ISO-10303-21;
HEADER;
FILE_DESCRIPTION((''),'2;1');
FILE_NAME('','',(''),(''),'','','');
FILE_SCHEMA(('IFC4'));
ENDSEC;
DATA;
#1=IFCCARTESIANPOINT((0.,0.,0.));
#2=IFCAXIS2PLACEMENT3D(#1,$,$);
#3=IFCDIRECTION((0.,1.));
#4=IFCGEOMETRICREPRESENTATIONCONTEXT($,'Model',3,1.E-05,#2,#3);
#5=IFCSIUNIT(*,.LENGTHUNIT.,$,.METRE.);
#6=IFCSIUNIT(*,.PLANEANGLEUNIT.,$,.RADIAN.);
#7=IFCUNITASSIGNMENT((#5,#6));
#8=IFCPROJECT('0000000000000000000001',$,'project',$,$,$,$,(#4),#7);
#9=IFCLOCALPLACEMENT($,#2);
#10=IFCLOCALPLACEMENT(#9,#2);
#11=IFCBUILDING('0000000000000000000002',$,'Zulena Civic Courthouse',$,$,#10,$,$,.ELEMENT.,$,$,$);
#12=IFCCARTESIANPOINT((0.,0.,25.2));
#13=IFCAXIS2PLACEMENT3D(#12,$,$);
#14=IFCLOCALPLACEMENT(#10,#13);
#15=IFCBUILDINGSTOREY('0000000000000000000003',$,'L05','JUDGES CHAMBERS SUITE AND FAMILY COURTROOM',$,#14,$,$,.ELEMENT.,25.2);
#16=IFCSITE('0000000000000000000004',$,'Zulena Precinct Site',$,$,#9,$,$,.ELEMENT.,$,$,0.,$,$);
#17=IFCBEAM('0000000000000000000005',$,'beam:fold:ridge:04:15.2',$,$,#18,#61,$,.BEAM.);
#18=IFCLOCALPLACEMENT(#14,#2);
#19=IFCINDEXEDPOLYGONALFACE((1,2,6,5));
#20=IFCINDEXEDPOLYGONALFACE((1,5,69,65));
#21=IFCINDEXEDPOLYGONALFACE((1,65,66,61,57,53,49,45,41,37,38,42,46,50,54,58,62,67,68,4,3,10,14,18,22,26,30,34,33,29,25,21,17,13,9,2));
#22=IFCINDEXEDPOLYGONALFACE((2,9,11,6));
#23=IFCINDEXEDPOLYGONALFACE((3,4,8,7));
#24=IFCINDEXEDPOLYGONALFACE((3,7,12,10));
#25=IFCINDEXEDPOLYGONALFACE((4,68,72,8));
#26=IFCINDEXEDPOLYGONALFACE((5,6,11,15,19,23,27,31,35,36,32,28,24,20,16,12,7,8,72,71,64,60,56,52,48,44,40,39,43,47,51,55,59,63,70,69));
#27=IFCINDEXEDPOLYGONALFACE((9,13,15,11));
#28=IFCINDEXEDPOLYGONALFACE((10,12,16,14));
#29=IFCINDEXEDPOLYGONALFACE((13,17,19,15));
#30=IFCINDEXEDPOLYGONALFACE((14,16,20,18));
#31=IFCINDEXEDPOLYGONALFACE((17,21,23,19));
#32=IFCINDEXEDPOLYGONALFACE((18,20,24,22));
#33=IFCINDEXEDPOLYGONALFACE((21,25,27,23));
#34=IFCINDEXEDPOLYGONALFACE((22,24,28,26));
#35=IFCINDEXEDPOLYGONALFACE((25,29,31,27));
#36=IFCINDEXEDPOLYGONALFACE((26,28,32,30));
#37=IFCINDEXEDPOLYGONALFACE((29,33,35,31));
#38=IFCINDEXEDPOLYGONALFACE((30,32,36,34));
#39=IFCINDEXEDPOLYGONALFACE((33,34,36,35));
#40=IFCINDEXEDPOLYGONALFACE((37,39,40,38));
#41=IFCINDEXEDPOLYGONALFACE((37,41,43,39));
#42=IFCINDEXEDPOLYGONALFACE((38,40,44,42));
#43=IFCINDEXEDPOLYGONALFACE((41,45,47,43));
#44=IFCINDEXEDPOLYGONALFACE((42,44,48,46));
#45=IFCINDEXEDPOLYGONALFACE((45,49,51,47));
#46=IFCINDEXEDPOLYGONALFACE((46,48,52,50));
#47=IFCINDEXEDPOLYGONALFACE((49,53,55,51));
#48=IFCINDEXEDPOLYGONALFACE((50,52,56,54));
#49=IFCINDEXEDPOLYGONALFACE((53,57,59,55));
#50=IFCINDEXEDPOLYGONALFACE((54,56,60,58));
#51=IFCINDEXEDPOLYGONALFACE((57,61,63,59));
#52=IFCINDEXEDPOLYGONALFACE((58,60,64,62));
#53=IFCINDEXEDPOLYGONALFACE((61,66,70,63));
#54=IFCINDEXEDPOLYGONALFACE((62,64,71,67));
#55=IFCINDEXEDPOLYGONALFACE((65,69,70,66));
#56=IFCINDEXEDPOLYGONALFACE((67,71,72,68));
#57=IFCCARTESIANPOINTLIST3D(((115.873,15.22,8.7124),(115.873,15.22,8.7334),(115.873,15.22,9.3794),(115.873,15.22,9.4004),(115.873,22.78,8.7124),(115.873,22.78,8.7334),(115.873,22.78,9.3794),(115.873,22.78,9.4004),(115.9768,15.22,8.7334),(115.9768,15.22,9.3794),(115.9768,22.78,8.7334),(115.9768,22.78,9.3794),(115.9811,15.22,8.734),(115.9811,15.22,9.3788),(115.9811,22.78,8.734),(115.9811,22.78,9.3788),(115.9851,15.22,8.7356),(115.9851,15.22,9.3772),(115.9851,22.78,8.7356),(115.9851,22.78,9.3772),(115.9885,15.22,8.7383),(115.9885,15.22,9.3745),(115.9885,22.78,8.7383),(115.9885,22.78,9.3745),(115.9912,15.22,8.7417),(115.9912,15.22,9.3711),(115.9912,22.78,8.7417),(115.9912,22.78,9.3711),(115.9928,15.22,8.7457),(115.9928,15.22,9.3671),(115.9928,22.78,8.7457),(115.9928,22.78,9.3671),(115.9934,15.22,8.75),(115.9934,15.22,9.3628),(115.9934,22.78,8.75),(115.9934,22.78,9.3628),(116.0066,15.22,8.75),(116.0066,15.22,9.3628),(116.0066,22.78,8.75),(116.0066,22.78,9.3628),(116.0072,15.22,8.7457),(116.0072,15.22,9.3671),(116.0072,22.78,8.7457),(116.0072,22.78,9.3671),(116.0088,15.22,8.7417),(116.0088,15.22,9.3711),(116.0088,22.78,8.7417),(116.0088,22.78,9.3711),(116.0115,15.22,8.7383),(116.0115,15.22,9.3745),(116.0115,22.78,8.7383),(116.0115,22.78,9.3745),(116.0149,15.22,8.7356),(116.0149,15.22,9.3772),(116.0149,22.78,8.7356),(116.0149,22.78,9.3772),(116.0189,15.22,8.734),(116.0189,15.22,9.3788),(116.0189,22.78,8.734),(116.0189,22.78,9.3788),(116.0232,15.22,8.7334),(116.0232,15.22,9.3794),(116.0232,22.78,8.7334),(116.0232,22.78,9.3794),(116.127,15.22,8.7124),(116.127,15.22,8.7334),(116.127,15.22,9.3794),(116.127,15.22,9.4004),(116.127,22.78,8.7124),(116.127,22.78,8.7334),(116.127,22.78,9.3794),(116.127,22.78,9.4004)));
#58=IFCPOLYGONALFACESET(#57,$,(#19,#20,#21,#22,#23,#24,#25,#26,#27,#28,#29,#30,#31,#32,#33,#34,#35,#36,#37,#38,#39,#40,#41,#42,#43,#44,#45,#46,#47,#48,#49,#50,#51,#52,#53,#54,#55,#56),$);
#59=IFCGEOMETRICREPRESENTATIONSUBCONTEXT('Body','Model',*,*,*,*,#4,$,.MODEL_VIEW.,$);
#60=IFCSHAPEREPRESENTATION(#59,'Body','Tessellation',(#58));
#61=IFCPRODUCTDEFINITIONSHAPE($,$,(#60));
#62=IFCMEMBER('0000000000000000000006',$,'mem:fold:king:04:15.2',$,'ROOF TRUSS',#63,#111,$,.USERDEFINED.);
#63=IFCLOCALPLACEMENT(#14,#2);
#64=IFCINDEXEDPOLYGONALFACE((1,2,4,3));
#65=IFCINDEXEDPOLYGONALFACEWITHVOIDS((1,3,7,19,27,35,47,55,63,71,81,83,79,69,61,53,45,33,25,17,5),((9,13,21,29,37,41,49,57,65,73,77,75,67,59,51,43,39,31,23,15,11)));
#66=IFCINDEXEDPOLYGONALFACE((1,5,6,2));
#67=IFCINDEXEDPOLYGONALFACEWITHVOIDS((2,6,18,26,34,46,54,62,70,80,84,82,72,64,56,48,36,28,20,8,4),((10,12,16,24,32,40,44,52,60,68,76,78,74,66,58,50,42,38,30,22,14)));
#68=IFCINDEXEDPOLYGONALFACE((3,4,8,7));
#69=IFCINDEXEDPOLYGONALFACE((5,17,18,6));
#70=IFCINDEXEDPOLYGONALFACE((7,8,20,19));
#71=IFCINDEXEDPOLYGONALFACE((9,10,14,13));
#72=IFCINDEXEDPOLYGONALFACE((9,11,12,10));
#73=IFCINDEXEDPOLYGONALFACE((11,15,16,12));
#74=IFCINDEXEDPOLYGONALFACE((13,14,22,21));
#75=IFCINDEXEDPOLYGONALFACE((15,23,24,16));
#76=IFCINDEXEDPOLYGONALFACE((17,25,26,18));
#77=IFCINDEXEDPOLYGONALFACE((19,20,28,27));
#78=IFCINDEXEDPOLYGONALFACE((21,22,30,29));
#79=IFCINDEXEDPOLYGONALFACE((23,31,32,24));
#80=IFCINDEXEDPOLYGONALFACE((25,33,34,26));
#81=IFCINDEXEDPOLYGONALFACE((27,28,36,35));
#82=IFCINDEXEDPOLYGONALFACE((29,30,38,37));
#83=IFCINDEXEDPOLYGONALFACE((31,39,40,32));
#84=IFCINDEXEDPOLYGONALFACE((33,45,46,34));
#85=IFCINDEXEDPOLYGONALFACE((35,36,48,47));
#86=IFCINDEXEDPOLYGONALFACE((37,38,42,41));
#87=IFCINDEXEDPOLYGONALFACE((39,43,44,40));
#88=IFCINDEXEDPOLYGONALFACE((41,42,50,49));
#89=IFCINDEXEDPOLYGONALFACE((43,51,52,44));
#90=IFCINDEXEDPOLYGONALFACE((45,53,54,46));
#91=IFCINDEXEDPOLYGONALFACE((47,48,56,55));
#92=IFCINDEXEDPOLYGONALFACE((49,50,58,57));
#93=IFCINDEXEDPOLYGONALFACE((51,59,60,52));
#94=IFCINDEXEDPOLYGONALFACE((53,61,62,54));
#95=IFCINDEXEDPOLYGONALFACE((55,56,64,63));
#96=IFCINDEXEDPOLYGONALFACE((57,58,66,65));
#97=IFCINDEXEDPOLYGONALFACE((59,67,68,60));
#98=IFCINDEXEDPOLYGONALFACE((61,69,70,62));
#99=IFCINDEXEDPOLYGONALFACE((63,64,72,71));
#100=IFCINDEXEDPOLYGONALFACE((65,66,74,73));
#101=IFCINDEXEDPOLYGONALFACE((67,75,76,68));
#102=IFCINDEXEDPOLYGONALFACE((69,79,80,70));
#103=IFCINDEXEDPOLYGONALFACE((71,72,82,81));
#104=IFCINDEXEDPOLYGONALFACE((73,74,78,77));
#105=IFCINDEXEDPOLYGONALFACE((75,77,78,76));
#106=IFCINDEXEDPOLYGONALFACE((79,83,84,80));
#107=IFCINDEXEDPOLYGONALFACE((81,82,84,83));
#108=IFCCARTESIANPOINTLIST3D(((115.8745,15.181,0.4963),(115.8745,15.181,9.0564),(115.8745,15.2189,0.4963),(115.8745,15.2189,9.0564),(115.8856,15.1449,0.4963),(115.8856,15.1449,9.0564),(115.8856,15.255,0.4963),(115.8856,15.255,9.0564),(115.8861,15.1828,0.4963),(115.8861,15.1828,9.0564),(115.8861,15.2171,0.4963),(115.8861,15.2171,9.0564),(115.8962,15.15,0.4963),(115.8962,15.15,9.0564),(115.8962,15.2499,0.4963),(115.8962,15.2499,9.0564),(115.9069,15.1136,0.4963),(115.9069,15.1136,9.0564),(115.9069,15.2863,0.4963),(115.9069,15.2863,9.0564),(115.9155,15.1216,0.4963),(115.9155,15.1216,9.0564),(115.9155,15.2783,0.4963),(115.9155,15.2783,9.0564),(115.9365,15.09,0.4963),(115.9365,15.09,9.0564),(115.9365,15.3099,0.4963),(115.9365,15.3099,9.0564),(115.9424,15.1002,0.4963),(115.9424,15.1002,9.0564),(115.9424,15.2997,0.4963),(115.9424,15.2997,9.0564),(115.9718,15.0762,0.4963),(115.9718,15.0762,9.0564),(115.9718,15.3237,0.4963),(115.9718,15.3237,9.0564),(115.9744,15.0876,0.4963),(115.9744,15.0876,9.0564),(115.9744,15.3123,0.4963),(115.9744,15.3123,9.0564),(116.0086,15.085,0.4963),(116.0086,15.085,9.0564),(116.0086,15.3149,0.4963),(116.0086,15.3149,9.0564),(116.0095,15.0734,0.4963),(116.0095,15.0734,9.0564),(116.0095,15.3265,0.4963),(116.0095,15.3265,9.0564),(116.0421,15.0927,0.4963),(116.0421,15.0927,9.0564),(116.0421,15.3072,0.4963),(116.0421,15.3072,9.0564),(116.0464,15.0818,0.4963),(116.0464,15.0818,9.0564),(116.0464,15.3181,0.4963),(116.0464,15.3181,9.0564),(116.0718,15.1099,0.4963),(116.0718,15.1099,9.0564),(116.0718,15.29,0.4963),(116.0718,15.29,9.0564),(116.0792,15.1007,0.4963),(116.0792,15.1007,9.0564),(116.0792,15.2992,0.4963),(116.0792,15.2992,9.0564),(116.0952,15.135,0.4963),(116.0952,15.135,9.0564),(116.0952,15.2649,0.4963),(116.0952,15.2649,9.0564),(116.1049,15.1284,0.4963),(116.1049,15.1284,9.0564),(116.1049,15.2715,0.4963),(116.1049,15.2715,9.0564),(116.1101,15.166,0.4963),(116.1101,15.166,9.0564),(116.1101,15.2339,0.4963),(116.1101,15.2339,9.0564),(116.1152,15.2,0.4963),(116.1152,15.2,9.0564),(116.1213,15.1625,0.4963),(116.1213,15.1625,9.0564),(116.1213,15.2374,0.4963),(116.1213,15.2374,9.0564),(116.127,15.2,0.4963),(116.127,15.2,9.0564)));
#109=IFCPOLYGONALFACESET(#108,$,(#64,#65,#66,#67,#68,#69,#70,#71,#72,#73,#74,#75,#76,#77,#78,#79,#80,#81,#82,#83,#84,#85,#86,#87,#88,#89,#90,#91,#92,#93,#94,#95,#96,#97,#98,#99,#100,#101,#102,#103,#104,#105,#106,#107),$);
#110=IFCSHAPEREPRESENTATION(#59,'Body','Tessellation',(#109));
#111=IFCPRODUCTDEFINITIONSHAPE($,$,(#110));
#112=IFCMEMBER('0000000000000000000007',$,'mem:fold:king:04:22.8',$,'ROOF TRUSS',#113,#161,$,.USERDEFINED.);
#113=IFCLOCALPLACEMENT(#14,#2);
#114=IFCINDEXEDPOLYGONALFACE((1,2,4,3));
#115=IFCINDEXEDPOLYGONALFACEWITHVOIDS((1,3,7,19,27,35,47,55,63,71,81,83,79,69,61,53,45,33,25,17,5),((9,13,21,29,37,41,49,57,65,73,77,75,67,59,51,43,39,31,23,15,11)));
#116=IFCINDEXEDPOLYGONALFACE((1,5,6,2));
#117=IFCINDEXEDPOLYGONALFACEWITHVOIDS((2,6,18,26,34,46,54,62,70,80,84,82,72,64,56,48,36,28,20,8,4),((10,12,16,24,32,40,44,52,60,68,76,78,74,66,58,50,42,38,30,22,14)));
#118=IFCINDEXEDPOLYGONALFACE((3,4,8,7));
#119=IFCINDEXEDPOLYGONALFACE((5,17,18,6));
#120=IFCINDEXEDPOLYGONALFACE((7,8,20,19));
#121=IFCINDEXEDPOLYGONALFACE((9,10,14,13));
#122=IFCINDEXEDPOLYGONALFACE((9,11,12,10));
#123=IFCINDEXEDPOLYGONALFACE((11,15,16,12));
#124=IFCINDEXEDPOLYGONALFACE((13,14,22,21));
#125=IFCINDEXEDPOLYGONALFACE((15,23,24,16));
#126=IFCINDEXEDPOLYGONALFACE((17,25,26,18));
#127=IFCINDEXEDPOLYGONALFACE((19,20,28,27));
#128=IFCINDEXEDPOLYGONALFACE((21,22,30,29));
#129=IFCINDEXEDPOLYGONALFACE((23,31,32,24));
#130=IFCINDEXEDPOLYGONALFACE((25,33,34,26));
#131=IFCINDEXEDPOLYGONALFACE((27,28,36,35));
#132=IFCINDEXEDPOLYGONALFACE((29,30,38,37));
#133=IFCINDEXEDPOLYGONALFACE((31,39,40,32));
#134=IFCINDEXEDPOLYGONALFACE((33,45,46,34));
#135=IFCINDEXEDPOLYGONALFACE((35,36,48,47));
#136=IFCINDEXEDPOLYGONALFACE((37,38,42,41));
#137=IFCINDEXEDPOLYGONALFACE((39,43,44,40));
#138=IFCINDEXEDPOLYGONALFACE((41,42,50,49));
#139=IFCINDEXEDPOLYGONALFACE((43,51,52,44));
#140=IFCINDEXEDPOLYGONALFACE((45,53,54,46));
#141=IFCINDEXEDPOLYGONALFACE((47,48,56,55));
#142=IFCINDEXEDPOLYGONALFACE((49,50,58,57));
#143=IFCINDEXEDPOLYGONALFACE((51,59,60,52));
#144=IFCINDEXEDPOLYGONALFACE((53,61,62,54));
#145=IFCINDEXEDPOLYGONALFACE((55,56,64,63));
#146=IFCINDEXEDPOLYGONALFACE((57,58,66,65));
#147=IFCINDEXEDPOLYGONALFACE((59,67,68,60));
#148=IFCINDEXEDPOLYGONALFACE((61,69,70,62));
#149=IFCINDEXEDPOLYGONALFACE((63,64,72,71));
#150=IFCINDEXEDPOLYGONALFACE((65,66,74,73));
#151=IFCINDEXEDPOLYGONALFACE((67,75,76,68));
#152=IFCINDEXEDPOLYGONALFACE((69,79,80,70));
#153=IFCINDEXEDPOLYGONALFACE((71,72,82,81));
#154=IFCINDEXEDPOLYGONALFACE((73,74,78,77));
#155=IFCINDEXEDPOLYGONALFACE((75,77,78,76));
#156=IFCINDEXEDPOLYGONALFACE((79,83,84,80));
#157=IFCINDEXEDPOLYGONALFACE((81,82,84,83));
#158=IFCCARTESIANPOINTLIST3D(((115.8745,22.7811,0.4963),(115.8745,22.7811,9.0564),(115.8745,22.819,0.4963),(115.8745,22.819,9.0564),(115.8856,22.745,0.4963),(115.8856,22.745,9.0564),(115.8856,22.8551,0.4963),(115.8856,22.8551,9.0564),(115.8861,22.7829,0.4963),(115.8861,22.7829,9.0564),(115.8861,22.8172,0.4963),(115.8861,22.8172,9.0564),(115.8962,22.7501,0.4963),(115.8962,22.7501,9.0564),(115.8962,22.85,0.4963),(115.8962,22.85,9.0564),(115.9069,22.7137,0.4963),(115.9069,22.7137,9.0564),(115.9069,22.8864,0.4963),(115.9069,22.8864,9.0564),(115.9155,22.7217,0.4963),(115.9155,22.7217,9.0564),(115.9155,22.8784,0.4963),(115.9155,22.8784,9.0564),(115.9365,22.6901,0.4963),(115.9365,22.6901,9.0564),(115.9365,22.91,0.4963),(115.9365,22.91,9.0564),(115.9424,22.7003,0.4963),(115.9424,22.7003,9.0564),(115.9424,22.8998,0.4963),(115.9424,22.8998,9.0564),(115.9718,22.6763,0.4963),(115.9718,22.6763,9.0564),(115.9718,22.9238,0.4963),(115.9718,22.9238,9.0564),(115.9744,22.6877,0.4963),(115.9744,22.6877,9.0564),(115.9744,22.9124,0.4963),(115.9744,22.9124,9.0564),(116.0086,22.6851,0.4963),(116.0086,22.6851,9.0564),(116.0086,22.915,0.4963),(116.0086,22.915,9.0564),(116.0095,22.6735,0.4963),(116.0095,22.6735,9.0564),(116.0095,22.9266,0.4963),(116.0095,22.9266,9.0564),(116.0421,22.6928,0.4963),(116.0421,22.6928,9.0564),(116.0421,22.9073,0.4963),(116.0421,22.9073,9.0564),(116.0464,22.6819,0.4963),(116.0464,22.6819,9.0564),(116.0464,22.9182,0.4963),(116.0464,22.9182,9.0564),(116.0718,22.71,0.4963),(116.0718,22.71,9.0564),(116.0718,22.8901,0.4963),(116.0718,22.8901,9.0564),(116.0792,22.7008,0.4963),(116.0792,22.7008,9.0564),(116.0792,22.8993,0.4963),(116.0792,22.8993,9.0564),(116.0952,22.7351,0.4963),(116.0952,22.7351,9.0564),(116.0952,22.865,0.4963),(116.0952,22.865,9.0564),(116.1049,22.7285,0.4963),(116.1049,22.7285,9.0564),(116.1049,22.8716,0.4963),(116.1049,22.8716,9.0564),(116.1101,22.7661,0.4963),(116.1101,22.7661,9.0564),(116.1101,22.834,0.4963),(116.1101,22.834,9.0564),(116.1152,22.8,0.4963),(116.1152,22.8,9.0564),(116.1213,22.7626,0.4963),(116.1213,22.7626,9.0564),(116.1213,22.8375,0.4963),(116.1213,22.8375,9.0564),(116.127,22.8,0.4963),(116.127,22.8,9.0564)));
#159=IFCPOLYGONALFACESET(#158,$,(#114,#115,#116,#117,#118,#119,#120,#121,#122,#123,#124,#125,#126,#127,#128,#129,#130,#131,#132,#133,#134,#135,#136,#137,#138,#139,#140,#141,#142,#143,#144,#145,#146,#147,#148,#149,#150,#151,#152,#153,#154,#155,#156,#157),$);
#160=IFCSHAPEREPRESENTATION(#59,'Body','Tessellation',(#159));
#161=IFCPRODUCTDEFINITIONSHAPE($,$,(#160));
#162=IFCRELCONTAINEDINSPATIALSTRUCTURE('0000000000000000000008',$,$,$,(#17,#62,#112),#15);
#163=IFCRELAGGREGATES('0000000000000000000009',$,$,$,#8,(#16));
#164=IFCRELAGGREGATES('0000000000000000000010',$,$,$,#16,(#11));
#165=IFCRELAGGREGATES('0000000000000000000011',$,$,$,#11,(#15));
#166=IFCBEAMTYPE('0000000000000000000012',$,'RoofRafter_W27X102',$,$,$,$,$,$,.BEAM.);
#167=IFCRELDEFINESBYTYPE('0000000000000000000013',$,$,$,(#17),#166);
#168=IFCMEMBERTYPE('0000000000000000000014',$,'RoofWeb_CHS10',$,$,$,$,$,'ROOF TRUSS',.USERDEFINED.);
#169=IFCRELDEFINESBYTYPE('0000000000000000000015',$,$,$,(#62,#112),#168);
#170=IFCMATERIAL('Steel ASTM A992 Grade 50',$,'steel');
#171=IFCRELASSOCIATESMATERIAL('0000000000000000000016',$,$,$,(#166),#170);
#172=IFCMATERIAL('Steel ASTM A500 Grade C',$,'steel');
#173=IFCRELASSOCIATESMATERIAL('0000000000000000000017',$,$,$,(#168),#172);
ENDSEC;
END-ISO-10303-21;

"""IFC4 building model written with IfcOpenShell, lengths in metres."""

from ifc_helpers import new_model, si_unit, direction, frame, origin, origin_2d, place, context, subcontext, project, spatial, hollow_circle, i_section, extrude, material, material_profile, profile_set, type_object, element, save


model = new_model("IFC4")

# Units and contexts
model_context = context("Model", 3, precision=1e-05, world=origin(), true_north=direction((0.0, 1.0)))
body_context = subcontext(model_context, "Body", "Model", "MODEL_VIEW")
ifc_project = project(units=[si_unit("LENGTHUNIT", "METRE"), si_unit("PLANEANGLEUNIT", "RADIAN")], contexts=[model_context])

# Site, building, storey
site_placement = place(None, origin())
site = spatial("IfcSite", under=ifc_project, at=site_placement, Name="Zulena Precinct Site", CompositionType="ELEMENT", RefElevation=0.0)
building_placement = place(site_placement, origin())
building = spatial("IfcBuilding", under=site, at=building_placement, Name="Zulena Civic Courthouse", CompositionType="ELEMENT")
storey_placement = place(building_placement, frame((0.0, 0.0, 25.2)))
storey = spatial("IfcBuildingStorey", under=building, at=storey_placement, Name="L05", Description="JUDGES CHAMBERS SUITE AND FAMILY COURTROOM", CompositionType="ELEMENT", Elevation=25.2)

# Shared definitions
ifc_material_1 = material(Name="Steel ASTM A992 Grade 50", Category="steel")

# Beam
ifc_material_profile_1 = material_profile(ifc_material_1, i_section(OverallWidth=0.2539, OverallDepth=0.688, WebThickness=0.0132, FlangeThickness=0.021, FilletRadius=0.0166, at=origin_2d()), Name="W27X102")
ifc_profile_set_1 = profile_set([ifc_material_profile_1], Name="Steel ASTM A992 Grade 50")
beam_type_1 = type_object("IfcBeamType", Name="RoofRafter_W27X102", PredefinedType="BEAM", material=ifc_profile_set_1)
beam_1_placement = place(storey_placement, frame((116.0, 15.22, 9.0564), z_axis=(0.0, 1.0, 0.0), x_axis=(-1.0, 0.0, 0.0)))
element("IfcBeam", 1, at=beam_1_placement, inside=storey, type_object=beam_type_1, Name="beam:fold:ridge:04:15.2", PredefinedType="BEAM", context=body_context, shape_type="SweptSolid", body=[
    extrude(i_section(OverallWidth=0.2539, OverallDepth=0.688, WebThickness=0.0132, FlangeThickness=0.021, FilletRadius=0.0166, at=origin_2d()), origin(), (0.0, 0.0, 1.0), 7.5601),
])

# Members
ifc_material_2 = material(Name="Steel ASTM A500 Grade C", Category="steel")
ifc_material_profile_2 = material_profile(ifc_material_2, hollow_circle(Radius=0.127, WallThickness=0.0117, at=origin_2d()), Name="HSS10.000X0.500")
ifc_profile_set_2 = profile_set([ifc_material_profile_2], Name="Steel ASTM A500 Grade C")
member_type_1 = type_object("IfcMemberType", Name="RoofWeb_CHS10", ElementType="ROOF TRUSS", PredefinedType="USERDEFINED", material=ifc_profile_set_2)
for number, where, z_axis, x_axis, name in (
    (2, (116.0, 15.2, 0.4963), (0.0, 0.0, 1.0), (1.0, 0.0, 0.0), "mem:fold:king:04:15.2"),
    (3, (116.0, 22.8, 0.4963), (0.0, 0.0, 1.0), (1.0, 0.0, 0.0), "mem:fold:king:04:22.8"),
):
    element("IfcMember", number, at=place(storey_placement, frame(where, z_axis=z_axis, x_axis=x_axis)), inside=storey, type_object=member_type_1, Name=name, ObjectType="ROOF TRUSS", PredefinedType="USERDEFINED", context=body_context, shape_type="SweptSolid", body=[
        extrude(hollow_circle(Radius=0.127, WallThickness=0.0117, at=origin_2d()), origin(), (0.0, 0.0, 1.0), 8.5601),
    ])

save(model, "model.ifc")
